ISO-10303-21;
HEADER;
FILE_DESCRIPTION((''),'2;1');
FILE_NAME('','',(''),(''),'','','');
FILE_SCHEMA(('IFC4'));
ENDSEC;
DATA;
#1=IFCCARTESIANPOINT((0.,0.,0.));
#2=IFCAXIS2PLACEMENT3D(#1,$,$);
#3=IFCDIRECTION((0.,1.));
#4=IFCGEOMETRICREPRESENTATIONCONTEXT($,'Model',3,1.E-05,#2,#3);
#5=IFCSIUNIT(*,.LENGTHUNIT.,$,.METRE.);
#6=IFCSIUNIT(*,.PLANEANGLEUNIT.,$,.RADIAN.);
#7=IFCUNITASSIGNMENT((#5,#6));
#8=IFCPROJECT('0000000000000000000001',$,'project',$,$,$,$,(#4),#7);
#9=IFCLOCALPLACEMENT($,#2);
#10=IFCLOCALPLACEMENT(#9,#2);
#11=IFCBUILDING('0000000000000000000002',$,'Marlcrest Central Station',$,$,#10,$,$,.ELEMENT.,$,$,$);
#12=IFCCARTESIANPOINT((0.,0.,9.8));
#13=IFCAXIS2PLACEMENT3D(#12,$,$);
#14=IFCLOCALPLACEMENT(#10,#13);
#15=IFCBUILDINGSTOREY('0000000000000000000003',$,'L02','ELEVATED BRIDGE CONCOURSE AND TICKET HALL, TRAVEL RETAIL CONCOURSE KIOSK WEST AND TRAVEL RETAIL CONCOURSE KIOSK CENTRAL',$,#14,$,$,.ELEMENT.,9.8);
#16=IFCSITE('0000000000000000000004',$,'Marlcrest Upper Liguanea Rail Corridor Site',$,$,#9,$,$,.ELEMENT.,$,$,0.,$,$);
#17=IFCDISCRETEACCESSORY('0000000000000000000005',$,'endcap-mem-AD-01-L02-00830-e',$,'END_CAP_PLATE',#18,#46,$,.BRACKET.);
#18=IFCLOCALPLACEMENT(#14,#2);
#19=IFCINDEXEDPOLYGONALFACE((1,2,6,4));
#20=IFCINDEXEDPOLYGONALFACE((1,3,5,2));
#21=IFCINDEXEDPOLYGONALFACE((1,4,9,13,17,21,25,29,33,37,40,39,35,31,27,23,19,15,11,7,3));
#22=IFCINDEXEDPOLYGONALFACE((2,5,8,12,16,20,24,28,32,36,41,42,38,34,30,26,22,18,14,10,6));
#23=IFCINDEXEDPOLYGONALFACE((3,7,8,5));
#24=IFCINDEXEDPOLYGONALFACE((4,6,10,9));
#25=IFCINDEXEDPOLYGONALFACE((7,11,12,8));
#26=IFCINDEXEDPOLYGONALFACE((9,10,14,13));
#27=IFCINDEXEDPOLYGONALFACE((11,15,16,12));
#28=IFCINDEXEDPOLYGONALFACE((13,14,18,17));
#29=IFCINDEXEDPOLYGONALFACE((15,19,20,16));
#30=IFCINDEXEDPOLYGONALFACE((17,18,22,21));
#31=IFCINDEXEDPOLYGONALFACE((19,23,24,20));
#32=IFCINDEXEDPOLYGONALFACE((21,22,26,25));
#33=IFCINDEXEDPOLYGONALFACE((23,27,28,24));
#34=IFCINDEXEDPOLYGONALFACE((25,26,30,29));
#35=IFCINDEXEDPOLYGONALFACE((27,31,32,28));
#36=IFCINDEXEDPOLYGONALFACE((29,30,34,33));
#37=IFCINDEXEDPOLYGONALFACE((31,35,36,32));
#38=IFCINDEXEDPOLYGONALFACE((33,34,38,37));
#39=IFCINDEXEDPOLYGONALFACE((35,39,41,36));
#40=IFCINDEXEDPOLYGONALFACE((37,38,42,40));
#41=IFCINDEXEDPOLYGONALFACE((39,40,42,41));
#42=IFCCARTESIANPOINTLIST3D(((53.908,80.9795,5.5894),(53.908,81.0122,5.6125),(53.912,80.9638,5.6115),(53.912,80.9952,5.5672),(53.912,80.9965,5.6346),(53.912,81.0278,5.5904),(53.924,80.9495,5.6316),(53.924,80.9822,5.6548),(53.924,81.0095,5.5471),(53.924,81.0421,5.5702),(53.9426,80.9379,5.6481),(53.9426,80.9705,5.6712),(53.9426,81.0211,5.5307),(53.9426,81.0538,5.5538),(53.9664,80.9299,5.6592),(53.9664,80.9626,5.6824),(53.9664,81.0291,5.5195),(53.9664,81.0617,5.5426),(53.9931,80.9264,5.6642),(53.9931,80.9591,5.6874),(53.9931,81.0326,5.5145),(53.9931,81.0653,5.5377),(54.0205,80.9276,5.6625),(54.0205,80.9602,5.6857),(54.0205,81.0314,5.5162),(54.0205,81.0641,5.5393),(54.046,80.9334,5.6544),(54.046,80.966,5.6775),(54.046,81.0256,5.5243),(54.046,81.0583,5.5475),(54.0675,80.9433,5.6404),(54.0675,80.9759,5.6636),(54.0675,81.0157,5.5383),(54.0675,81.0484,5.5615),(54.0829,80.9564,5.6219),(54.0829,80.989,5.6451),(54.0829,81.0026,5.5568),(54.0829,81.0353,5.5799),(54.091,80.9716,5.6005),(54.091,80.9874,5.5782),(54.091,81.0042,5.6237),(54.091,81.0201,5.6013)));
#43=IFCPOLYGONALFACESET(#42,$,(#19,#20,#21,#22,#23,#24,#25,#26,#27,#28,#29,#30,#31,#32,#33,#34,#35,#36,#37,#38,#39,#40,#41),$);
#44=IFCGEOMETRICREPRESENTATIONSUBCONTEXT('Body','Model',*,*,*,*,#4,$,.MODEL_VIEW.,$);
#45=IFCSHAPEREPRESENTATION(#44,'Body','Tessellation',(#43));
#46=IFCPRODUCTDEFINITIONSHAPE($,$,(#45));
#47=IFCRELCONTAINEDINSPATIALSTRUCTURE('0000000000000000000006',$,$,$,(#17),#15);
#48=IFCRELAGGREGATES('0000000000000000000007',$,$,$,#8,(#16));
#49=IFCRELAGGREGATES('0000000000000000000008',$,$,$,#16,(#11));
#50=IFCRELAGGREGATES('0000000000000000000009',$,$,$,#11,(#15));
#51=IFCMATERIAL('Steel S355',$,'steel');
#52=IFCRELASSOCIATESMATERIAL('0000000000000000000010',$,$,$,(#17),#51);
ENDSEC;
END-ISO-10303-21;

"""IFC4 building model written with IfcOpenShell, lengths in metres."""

from ifc_helpers import new_model, si_unit, direction, frame, origin, origin_2d, place, context, subcontext, project, spatial, circle, extrude, material, element, save


model = new_model("IFC4")

# Units and contexts
model_context = context("Model", 3, precision=1e-05, world=origin(), true_north=direction((0.0, 1.0)))
body_context = subcontext(model_context, "Body", "Model", "MODEL_VIEW")
ifc_project = project(units=[si_unit("LENGTHUNIT", "METRE"), si_unit("PLANEANGLEUNIT", "RADIAN")], contexts=[model_context])

# Site, building, storey
site_placement = place(None, origin())
site = spatial("IfcSite", under=ifc_project, at=site_placement, Name="Marlcrest Upper Liguanea Rail Corridor Site", CompositionType="ELEMENT", RefElevation=0.0)
building_placement = place(site_placement, origin())
building = spatial("IfcBuilding", under=site, at=building_placement, Name="Marlcrest Central Station", CompositionType="ELEMENT")
storey_placement = place(building_placement, frame((0.0, 0.0, 9.8)))
storey = spatial("IfcBuildingStorey", under=building, at=storey_placement, Name="L02", Description="ELEVATED BRIDGE CONCOURSE AND TICKET HALL, TRAVEL RETAIL CONCOURSE KIOSK WEST AND TRAVEL RETAIL CONCOURSE KIOSK CENTRAL", CompositionType="ELEMENT", Elevation=9.8)

# Shared definitions
ifc_material_1 = material(Name="Steel S355", Category="steel")

# Discrete accessory
for number, where, z_axis, x_axis, name in (
    (1, (54.0, 80.9795, 5.5894), (0.0, 0.815661, 0.57853), (-1.0, 0.0, 0.0), "endcap-mem-AD-01-L02-00830-e"),
):
    element("IfcDiscreteAccessory", number, at=place(storey_placement, frame(where, z_axis=z_axis, x_axis=x_axis)), inside=storey, material=ifc_material_1, Name=name, ObjectType="END_CAP_PLATE", PredefinedType="BRACKET", context=body_context, shape_type="SweptSolid", body=[
        extrude(circle(Radius=0.092, at=origin_2d()), origin(), (0.0, 0.0, 1.0), 0.04),
    ])

save(model, "model.ifc")
